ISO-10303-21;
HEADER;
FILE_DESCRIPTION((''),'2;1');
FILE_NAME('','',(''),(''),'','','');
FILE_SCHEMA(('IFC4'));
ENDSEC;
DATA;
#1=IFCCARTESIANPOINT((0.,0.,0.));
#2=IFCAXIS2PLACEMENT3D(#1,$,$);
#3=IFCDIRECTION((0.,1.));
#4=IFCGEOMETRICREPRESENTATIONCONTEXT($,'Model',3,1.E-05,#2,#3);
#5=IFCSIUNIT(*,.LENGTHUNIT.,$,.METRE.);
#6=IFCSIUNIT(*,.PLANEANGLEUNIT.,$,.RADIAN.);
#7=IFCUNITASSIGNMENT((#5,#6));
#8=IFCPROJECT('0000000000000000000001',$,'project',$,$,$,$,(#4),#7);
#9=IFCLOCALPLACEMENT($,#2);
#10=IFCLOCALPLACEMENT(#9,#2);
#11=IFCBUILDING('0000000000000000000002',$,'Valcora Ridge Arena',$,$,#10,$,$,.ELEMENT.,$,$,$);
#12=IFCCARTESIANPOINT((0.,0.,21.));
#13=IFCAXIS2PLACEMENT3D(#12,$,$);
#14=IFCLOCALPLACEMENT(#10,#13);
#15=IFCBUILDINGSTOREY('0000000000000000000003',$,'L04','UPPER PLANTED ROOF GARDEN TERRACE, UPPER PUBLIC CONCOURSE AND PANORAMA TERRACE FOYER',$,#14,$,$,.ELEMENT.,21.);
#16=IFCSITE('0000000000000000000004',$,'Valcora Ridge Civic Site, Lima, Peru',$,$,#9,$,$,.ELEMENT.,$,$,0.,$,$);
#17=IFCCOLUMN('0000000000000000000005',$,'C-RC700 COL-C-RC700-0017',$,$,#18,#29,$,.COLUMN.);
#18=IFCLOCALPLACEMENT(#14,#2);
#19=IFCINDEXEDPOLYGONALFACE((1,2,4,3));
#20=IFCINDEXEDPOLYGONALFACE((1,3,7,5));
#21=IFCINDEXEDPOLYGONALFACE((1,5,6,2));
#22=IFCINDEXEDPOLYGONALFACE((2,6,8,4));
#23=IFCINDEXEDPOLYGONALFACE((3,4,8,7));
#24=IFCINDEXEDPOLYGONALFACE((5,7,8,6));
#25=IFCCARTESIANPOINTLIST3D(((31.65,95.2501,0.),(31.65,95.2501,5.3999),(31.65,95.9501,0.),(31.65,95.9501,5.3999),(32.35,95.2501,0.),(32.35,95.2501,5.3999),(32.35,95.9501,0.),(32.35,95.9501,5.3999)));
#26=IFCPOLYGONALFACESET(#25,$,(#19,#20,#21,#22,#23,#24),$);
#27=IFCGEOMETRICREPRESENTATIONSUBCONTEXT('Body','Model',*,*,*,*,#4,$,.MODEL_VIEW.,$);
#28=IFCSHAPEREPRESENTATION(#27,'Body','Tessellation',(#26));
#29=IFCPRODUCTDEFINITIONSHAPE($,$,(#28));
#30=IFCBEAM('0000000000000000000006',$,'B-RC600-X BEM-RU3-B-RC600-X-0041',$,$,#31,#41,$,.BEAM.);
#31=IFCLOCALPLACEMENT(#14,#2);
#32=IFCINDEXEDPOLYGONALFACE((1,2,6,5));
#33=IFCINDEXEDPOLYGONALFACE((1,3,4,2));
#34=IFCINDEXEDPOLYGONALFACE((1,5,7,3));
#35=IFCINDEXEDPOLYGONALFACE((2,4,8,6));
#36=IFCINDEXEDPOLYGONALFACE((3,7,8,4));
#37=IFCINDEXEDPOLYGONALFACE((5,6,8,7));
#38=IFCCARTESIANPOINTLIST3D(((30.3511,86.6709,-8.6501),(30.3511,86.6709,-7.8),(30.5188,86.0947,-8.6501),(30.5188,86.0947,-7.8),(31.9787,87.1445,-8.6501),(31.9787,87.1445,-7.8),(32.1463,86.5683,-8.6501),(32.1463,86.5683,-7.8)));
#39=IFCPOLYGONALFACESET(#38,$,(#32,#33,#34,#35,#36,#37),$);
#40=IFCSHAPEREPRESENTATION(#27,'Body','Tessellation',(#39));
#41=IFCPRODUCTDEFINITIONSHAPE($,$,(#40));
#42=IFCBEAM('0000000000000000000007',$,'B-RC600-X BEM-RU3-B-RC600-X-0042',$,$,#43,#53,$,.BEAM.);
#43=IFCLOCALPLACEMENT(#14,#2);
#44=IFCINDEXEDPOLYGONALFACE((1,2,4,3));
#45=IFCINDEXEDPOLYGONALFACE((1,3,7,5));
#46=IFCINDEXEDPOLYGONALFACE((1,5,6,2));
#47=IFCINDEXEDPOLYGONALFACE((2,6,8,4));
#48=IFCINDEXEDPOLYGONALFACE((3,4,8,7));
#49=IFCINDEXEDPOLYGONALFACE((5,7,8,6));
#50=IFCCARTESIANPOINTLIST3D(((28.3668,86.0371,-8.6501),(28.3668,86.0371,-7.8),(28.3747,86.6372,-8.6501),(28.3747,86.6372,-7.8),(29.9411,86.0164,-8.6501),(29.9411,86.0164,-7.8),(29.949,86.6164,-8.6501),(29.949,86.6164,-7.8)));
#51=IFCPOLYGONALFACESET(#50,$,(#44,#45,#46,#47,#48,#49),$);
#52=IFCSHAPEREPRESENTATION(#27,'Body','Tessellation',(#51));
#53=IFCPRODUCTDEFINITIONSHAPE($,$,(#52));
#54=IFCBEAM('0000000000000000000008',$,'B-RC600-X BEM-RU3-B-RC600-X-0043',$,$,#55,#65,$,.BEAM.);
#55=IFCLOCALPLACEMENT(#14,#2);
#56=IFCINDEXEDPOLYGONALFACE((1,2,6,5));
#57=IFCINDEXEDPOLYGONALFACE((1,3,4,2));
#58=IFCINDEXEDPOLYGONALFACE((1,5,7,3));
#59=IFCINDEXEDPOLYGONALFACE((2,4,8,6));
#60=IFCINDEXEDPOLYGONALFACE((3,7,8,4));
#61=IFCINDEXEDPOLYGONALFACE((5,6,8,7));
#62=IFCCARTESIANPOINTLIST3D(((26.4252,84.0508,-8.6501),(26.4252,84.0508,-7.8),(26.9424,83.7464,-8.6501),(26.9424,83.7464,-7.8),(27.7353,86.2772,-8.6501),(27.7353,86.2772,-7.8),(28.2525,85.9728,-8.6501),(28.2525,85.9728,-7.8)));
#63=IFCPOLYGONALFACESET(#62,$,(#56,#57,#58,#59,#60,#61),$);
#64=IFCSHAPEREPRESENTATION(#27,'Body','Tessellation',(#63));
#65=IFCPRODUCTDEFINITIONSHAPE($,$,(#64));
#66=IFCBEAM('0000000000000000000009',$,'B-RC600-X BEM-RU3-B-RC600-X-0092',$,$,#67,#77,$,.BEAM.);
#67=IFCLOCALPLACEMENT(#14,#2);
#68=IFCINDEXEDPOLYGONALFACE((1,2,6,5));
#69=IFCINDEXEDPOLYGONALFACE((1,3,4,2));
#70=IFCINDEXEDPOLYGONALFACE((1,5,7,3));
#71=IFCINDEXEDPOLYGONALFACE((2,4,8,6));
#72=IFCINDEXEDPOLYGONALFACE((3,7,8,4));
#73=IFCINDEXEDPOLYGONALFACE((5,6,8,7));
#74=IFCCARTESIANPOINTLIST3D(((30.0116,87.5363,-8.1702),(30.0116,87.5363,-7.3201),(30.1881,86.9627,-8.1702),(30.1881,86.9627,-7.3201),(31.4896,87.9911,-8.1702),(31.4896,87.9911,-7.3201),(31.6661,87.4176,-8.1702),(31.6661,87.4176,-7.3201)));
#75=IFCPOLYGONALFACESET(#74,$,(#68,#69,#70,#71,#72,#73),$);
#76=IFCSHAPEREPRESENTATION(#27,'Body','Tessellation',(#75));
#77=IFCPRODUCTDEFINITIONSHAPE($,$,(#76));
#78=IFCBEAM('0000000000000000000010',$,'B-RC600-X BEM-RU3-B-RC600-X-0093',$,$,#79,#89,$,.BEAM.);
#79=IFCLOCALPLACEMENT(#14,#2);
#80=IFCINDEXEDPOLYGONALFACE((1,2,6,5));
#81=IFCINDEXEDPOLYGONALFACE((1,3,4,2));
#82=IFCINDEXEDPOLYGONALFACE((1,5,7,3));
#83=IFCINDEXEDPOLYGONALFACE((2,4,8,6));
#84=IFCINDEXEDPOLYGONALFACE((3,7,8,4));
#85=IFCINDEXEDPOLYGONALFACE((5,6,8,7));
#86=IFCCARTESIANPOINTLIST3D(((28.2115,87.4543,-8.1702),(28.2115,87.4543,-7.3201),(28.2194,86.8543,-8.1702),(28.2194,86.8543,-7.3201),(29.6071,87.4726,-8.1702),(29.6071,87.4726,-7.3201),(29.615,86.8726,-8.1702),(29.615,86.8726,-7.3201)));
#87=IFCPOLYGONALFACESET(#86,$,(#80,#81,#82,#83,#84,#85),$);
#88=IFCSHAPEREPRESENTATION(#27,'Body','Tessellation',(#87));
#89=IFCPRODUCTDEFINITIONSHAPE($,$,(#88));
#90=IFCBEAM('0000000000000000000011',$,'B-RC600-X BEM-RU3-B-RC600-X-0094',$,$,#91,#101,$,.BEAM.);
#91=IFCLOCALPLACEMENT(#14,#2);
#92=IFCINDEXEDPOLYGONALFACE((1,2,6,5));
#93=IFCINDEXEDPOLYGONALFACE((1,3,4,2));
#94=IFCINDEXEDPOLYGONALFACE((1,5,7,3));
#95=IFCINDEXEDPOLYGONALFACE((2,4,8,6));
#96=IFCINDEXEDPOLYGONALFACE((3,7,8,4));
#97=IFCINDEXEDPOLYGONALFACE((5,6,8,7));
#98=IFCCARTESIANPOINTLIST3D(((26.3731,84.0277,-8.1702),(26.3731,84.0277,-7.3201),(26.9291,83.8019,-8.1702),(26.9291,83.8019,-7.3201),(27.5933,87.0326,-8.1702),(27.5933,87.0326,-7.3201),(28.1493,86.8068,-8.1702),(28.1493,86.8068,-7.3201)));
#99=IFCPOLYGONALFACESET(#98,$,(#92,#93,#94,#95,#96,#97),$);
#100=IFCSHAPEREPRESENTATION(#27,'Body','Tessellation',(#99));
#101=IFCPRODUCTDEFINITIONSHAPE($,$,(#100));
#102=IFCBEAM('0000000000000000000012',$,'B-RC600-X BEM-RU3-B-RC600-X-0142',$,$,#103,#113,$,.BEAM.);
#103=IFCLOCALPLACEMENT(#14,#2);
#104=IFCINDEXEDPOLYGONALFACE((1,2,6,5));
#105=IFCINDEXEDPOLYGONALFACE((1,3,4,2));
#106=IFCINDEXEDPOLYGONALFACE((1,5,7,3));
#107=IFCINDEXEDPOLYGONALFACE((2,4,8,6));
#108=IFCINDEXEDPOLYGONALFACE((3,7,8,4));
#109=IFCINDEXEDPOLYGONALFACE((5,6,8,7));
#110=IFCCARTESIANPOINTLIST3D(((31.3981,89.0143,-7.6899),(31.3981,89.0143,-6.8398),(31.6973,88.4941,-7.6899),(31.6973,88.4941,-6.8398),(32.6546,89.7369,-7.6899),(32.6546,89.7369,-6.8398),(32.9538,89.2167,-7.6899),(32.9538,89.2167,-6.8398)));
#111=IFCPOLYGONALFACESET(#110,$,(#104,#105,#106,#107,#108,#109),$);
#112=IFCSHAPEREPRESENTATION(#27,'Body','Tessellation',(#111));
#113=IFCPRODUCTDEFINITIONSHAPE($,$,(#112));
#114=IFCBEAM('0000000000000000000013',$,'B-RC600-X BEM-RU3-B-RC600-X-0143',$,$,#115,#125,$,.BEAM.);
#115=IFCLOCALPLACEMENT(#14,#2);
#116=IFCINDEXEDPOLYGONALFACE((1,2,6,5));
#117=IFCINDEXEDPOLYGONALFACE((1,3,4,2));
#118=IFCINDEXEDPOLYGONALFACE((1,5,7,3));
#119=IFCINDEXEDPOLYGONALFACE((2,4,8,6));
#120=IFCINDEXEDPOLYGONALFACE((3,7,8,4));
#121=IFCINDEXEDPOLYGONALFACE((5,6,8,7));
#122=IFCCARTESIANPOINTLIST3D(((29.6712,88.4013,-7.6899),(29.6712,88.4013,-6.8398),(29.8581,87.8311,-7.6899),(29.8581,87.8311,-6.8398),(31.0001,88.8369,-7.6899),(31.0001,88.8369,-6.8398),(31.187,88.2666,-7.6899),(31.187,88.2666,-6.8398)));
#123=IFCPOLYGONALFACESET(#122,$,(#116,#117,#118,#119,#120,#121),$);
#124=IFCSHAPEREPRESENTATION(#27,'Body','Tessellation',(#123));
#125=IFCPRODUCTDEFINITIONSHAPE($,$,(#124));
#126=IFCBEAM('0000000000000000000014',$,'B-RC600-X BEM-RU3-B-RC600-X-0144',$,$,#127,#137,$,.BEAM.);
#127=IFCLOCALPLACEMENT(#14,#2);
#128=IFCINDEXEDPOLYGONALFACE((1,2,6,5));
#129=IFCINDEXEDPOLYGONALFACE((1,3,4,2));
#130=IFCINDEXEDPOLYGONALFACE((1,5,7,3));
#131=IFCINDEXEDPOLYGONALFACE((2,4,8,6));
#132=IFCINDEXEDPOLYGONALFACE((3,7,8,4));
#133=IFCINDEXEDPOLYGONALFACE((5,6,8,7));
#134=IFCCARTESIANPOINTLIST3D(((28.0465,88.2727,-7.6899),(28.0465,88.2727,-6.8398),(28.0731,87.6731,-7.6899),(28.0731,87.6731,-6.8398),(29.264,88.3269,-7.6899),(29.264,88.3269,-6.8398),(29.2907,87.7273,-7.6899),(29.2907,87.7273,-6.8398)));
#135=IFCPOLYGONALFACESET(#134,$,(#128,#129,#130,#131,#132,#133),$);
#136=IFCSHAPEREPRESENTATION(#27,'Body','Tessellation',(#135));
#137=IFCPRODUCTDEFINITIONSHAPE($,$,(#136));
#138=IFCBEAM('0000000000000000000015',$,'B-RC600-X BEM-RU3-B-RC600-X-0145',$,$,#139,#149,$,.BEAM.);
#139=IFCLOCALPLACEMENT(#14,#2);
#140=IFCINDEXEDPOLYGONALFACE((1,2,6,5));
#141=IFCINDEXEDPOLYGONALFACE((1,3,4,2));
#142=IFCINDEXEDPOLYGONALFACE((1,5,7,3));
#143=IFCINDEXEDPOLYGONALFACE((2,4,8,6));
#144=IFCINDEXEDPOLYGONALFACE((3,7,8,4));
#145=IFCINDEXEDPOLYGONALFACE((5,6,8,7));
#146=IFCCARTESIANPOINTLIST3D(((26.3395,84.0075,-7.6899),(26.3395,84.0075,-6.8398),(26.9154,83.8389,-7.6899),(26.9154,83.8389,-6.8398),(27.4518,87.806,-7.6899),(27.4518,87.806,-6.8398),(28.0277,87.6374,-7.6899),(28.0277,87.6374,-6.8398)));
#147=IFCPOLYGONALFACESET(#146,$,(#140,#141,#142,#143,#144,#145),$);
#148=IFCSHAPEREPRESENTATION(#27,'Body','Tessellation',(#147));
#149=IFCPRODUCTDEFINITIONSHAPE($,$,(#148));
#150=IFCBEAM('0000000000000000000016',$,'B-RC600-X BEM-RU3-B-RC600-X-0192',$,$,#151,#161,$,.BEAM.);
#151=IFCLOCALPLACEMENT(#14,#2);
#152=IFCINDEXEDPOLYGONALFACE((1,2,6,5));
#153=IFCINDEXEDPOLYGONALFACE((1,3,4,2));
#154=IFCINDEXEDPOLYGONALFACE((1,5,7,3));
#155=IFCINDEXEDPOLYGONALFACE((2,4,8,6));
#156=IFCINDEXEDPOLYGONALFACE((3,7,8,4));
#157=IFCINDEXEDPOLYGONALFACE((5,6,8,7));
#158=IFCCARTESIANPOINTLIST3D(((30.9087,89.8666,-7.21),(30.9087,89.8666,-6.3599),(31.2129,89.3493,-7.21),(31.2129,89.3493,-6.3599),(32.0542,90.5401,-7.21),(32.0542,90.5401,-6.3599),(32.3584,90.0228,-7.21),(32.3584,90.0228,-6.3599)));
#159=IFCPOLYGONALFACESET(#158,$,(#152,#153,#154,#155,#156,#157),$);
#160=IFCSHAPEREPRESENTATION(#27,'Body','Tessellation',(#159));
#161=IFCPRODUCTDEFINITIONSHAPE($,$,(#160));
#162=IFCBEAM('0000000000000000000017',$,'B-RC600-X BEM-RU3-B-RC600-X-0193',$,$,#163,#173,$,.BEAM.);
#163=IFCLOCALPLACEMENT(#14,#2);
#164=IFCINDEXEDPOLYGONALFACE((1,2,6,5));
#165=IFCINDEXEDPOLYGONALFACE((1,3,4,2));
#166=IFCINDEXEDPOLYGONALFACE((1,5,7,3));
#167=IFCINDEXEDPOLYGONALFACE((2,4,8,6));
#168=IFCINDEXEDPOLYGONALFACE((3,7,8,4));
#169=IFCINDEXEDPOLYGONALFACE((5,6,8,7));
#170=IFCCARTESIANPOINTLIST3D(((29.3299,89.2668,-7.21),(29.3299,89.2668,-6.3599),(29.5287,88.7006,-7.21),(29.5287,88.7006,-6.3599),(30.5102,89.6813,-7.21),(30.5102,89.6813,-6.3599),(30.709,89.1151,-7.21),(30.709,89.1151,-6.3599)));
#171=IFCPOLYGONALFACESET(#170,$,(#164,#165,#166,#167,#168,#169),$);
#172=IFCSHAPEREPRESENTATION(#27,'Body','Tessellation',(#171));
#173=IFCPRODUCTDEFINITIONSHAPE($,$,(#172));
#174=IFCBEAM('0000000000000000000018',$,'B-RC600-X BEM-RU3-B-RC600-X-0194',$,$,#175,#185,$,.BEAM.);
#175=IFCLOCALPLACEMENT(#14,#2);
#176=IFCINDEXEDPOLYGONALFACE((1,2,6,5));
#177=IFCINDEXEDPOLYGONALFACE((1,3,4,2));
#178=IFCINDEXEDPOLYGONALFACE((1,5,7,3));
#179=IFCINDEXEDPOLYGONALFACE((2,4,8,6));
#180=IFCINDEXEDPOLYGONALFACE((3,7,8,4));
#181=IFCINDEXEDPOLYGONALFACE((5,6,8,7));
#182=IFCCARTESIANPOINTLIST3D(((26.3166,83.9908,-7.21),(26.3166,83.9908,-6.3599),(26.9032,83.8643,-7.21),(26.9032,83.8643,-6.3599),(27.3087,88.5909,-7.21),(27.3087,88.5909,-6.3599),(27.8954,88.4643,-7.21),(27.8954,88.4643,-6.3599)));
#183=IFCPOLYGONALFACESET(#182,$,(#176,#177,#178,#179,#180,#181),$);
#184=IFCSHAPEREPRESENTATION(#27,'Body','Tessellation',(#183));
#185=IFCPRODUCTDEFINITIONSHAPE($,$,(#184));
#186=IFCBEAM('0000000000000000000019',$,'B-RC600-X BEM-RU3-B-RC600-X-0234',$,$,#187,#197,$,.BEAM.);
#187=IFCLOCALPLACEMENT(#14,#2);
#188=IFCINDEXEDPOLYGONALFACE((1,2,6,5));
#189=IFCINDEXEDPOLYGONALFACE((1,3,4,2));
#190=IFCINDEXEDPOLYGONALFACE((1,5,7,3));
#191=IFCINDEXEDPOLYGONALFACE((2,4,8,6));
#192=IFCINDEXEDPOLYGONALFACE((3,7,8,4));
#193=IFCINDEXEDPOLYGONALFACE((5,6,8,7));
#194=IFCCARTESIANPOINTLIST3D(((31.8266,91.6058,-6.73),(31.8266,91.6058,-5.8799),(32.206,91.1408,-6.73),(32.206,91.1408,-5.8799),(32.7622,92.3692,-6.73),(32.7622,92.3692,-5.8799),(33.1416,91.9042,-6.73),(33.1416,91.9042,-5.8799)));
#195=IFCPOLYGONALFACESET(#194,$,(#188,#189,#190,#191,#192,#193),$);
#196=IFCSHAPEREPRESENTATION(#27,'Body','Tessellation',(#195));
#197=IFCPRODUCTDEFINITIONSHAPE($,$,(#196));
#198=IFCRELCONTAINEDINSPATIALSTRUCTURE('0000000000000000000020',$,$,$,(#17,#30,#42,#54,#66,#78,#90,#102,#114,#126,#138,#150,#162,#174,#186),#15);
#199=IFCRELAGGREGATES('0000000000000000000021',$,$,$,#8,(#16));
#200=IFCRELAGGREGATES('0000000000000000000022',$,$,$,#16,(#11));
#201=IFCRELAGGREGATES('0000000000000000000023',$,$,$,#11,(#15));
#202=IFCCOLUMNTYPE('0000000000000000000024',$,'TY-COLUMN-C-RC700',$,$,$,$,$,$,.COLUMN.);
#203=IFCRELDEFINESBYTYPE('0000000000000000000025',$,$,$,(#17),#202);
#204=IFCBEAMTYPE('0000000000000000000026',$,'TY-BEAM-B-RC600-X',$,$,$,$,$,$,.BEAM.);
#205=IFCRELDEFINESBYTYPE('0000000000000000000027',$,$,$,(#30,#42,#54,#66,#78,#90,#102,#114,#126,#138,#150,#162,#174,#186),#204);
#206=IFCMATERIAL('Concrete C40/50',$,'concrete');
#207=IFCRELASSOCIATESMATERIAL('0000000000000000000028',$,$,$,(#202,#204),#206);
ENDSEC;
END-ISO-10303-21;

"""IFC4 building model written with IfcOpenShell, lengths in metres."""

from ifc_helpers import new_model, si_unit, direction, frame, origin, origin_2d, place, context, subcontext, project, spatial, rectangle, extrude, material, material_profile, profile_set, type_object, element, save


model = new_model("IFC4")

# Units and contexts
model_context = context("Model", 3, precision=1e-05, world=origin(), true_north=direction((0.0, 1.0)))
body_context = subcontext(model_context, "Body", "Model", "MODEL_VIEW")
ifc_project = project(units=[si_unit("LENGTHUNIT", "METRE"), si_unit("PLANEANGLEUNIT", "RADIAN")], contexts=[model_context])

# Site, building, storey
site_placement = place(None, origin())
site = spatial("IfcSite", under=ifc_project, at=site_placement, Name="Valcora Ridge Civic Site, Lima, Peru", CompositionType="ELEMENT", RefElevation=0.0)
building_placement = place(site_placement, origin())
building = spatial("IfcBuilding", under=site, at=building_placement, Name="Valcora Ridge Arena", CompositionType="ELEMENT")
storey_placement = place(building_placement, frame((0.0, 0.0, 21.0)))
storey = spatial("IfcBuildingStorey", under=building, at=storey_placement, Name="L04", Description="UPPER PLANTED ROOF GARDEN TERRACE, UPPER PUBLIC CONCOURSE AND PANORAMA TERRACE FOYER", CompositionType="ELEMENT", Elevation=21.0)

# Column
ifc_material_1 = material(Name="Concrete C40/50", Category="concrete")
ifc_material_profile_1 = material_profile(ifc_material_1, rectangle(XDim=0.7, YDim=0.7, at=origin_2d()), Name="RC 700x700")
ifc_profile_set_1 = profile_set([ifc_material_profile_1], Name="Concrete C40/50")
column_type = type_object("IfcColumnType", Name="TY-COLUMN-C-RC700", PredefinedType="COLUMN", material=ifc_profile_set_1)
column_placement = place(storey_placement, frame((32.0, 95.6001, 0.0), z_axis=(0.0, 0.0, 1.0), x_axis=(1.0, 0.0, 0.0)))
element("IfcColumn", 1, at=column_placement, inside=storey, type_object=column_type, Name="C-RC700 COL-C-RC700-0017", PredefinedType="COLUMN", context=body_context, shape_type="SweptSolid", body=[
    extrude(rectangle(XDim=0.7, YDim=0.7, at=origin_2d()), origin(), (0.0, 0.0, 1.0), 5.3999),
])

# Beams
ifc_material_profile_2 = material_profile(ifc_material_1, rectangle(XDim=0.6001, YDim=0.8501, at=origin_2d()), Name="RC 600x850")
ifc_profile_set_2 = profile_set([ifc_material_profile_2], Name="Concrete C40/50")
beam_type_1 = type_object("IfcBeamType", Name="TY-BEAM-B-RC600-X", PredefinedType="BEAM", material=ifc_profile_set_2)
beam_1_placement = place(storey_placement, frame((32.0625, 86.8564, -8.2251), z_axis=(-0.960164, -0.279436, 0.0), x_axis=(0.279436, -0.960164, 0.0)))
element("IfcBeam", 2, at=beam_1_placement, inside=storey, type_object=beam_type_1, Name="B-RC600-X BEM-RU3-B-RC600-X-0041", PredefinedType="BEAM", context=body_context, shape_type="SweptSolid", body=[
    extrude(rectangle(XDim=0.6001, YDim=0.8501, at=origin_2d()), origin(), (0.0, 0.0, 1.0), 1.6951),
])
beam_2_placement = place(storey_placement, frame((29.9451, 86.3164, -8.2251), z_axis=(-0.999913, 0.013181, 0.0), x_axis=(-0.013181, -0.999913, 0.0)))
element("IfcBeam", 3, at=beam_2_placement, inside=storey, type_object=beam_type_1, Name="B-RC600-X BEM-RU3-B-RC600-X-0042", PredefinedType="BEAM", context=body_context, shape_type="SweptSolid", body=[
    extrude(rectangle(XDim=0.6001, YDim=0.8501, at=origin_2d()), origin(), (0.0, 0.0, 1.0), 1.5745),
])
beam_3_placement = place(storey_placement, frame((27.9939, 86.125, -8.2251), z_axis=(-0.507152, -0.861856, 0.0), x_axis=(0.861856, -0.507152, 0.0)))
element("IfcBeam", 4, at=beam_3_placement, inside=storey, type_object=beam_type_1, Name="B-RC600-X BEM-RU3-B-RC600-X-0043", PredefinedType="BEAM", context=body_context, shape_type="SweptSolid", body=[
    extrude(rectangle(XDim=0.6001, YDim=0.8501, at=origin_2d()), origin(), (0.0, 0.0, 1.0), 2.5833),
])
beam_4_placement = place(storey_placement, frame((31.5779, 87.7043, -7.7451), z_axis=(-0.955769, -0.294119, 0.0), x_axis=(0.294119, -0.955769, 0.0)))
element("IfcBeam", 5, at=beam_4_placement, inside=storey, type_object=beam_type_1, Name="B-RC600-X BEM-RU3-B-RC600-X-0092", PredefinedType="BEAM", context=body_context, shape_type="SweptSolid", body=[
    extrude(rectangle(XDim=0.6001, YDim=0.8501, at=origin_2d()), origin(), (0.0, 0.0, 1.0), 1.5464),
])
beam_5_placement = place(storey_placement, frame((29.6111, 87.1726, -7.7451), z_axis=(-0.999914, -0.013118, 0.0), x_axis=(0.013118, -0.999914, 0.0)))
element("IfcBeam", 6, at=beam_5_placement, inside=storey, type_object=beam_type_1, Name="B-RC600-X BEM-RU3-B-RC600-X-0093", PredefinedType="BEAM", context=body_context, shape_type="SweptSolid", body=[
    extrude(rectangle(XDim=0.6001, YDim=0.8501, at=origin_2d()), origin(), (0.0, 0.0, 1.0), 1.3958),
])
beam_6_placement = place(storey_placement, frame((27.8713, 86.9197, -7.7451), z_axis=(-0.37624, -0.926522, 0.0), x_axis=(0.926522, -0.37624, 0.0)))
element("IfcBeam", 7, at=beam_6_placement, inside=storey, type_object=beam_type_1, Name="B-RC600-X BEM-RU3-B-RC600-X-0094", PredefinedType="BEAM", context=body_context, shape_type="SweptSolid", body=[
    extrude(rectangle(XDim=0.6001, YDim=0.8501, at=origin_2d()), origin(), (0.0, 0.0, 1.0), 3.2432),
])
beam_7_placement = place(storey_placement, frame((32.8042, 89.4768, -7.2649), z_axis=(-0.866872, -0.498531, 0.0), x_axis=(0.498531, -0.866872, 0.0)))
element("IfcBeam", 8, at=beam_7_placement, inside=storey, type_object=beam_type_1, Name="B-RC600-X BEM-RU3-B-RC600-X-0142", PredefinedType="BEAM", context=body_context, shape_type="SweptSolid", body=[
    extrude(rectangle(XDim=0.6001, YDim=0.8501, at=origin_2d()), origin(), (0.0, 0.0, 1.0), 1.4495),
])
beam_8_placement = place(storey_placement, frame((31.0935, 88.5518, -7.2649), z_axis=(-0.95026, -0.311458, 0.0), x_axis=(0.311458, -0.95026, 0.0)))
element("IfcBeam", 9, at=beam_8_placement, inside=storey, type_object=beam_type_1, Name="B-RC600-X BEM-RU3-B-RC600-X-0143", PredefinedType="BEAM", context=body_context, shape_type="SweptSolid", body=[
    extrude(rectangle(XDim=0.6001, YDim=0.8501, at=origin_2d()), origin(), (0.0, 0.0, 1.0), 1.3984),
])
beam_9_placement = place(storey_placement, frame((29.2773, 88.0271, -7.2649), z_axis=(-0.999011, -0.044472, 0.0), x_axis=(0.044472, -0.999011, 0.0)))
element("IfcBeam", 10, at=beam_9_placement, inside=storey, type_object=beam_type_1, Name="B-RC600-X BEM-RU3-B-RC600-X-0144", PredefinedType="BEAM", context=body_context, shape_type="SweptSolid", body=[
    extrude(rectangle(XDim=0.6001, YDim=0.8501, at=origin_2d()), origin(), (0.0, 0.0, 1.0), 1.2188),
])
beam_10_placement = place(storey_placement, frame((27.7397, 87.7217, -7.2649), z_axis=(-0.281021, -0.959702, 0.0), x_axis=(0.959702, -0.281021, 0.0)))
element("IfcBeam", 11, at=beam_10_placement, inside=storey, type_object=beam_type_1, Name="B-RC600-X BEM-RU3-B-RC600-X-0145", PredefinedType="BEAM", context=body_context, shape_type="SweptSolid", body=[
    extrude(rectangle(XDim=0.6001, YDim=0.8501, at=origin_2d()), origin(), (0.0, 0.0, 1.0), 3.958),
])
beam_11_placement = place(storey_placement, frame((32.2063, 90.2815, -6.7849), z_axis=(-0.862014, -0.506884, 0.0), x_axis=(0.506884, -0.862014, 0.0)))
element("IfcBeam", 12, at=beam_11_placement, inside=storey, type_object=beam_type_1, Name="B-RC600-X BEM-RU3-B-RC600-X-0192", PredefinedType="BEAM", context=body_context, shape_type="SweptSolid", body=[
    extrude(rectangle(XDim=0.6001, YDim=0.8501, at=origin_2d()), origin(), (0.0, 0.0, 1.0), 1.3289),
])
beam_12_placement = place(storey_placement, frame((30.6096, 89.3982, -6.7849), z_axis=(-0.943508, -0.33135, 0.0), x_axis=(0.33135, -0.943508, 0.0)))
element("IfcBeam", 13, at=beam_12_placement, inside=storey, type_object=beam_type_1, Name="B-RC600-X BEM-RU3-B-RC600-X-0193", PredefinedType="BEAM", context=body_context, shape_type="SweptSolid", body=[
    extrude(rectangle(XDim=0.6001, YDim=0.8501, at=origin_2d()), origin(), (0.0, 0.0, 1.0), 1.251),
])
beam_13_placement = place(storey_placement, frame((27.6021, 88.5276, -6.7849), z_axis=(-0.21084, -0.977521, 0.0), x_axis=(0.977521, -0.21084, 0.0)))
element("IfcBeam", 14, at=beam_13_placement, inside=storey, type_object=beam_type_1, Name="B-RC600-X BEM-RU3-B-RC600-X-0194", PredefinedType="BEAM", context=body_context, shape_type="SweptSolid", body=[
    extrude(rectangle(XDim=0.6001, YDim=0.8501, at=origin_2d()), origin(), (0.0, 0.0, 1.0), 4.7058),
])
beam_14_placement = place(storey_placement, frame((32.9519, 92.1367, -6.3049), z_axis=(-0.774776, -0.632235, 0.0), x_axis=(0.632235, -0.774776, 0.0)))
element("IfcBeam", 15, at=beam_14_placement, inside=storey, type_object=beam_type_1, Name="B-RC600-X BEM-RU3-B-RC600-X-0234", PredefinedType="BEAM", context=body_context, shape_type="SweptSolid", body=[
    extrude(rectangle(XDim=0.6001, YDim=0.8501, at=origin_2d()), origin(), (0.0, 0.0, 1.0), 1.2075),
])

save(model, "model.ifc")
